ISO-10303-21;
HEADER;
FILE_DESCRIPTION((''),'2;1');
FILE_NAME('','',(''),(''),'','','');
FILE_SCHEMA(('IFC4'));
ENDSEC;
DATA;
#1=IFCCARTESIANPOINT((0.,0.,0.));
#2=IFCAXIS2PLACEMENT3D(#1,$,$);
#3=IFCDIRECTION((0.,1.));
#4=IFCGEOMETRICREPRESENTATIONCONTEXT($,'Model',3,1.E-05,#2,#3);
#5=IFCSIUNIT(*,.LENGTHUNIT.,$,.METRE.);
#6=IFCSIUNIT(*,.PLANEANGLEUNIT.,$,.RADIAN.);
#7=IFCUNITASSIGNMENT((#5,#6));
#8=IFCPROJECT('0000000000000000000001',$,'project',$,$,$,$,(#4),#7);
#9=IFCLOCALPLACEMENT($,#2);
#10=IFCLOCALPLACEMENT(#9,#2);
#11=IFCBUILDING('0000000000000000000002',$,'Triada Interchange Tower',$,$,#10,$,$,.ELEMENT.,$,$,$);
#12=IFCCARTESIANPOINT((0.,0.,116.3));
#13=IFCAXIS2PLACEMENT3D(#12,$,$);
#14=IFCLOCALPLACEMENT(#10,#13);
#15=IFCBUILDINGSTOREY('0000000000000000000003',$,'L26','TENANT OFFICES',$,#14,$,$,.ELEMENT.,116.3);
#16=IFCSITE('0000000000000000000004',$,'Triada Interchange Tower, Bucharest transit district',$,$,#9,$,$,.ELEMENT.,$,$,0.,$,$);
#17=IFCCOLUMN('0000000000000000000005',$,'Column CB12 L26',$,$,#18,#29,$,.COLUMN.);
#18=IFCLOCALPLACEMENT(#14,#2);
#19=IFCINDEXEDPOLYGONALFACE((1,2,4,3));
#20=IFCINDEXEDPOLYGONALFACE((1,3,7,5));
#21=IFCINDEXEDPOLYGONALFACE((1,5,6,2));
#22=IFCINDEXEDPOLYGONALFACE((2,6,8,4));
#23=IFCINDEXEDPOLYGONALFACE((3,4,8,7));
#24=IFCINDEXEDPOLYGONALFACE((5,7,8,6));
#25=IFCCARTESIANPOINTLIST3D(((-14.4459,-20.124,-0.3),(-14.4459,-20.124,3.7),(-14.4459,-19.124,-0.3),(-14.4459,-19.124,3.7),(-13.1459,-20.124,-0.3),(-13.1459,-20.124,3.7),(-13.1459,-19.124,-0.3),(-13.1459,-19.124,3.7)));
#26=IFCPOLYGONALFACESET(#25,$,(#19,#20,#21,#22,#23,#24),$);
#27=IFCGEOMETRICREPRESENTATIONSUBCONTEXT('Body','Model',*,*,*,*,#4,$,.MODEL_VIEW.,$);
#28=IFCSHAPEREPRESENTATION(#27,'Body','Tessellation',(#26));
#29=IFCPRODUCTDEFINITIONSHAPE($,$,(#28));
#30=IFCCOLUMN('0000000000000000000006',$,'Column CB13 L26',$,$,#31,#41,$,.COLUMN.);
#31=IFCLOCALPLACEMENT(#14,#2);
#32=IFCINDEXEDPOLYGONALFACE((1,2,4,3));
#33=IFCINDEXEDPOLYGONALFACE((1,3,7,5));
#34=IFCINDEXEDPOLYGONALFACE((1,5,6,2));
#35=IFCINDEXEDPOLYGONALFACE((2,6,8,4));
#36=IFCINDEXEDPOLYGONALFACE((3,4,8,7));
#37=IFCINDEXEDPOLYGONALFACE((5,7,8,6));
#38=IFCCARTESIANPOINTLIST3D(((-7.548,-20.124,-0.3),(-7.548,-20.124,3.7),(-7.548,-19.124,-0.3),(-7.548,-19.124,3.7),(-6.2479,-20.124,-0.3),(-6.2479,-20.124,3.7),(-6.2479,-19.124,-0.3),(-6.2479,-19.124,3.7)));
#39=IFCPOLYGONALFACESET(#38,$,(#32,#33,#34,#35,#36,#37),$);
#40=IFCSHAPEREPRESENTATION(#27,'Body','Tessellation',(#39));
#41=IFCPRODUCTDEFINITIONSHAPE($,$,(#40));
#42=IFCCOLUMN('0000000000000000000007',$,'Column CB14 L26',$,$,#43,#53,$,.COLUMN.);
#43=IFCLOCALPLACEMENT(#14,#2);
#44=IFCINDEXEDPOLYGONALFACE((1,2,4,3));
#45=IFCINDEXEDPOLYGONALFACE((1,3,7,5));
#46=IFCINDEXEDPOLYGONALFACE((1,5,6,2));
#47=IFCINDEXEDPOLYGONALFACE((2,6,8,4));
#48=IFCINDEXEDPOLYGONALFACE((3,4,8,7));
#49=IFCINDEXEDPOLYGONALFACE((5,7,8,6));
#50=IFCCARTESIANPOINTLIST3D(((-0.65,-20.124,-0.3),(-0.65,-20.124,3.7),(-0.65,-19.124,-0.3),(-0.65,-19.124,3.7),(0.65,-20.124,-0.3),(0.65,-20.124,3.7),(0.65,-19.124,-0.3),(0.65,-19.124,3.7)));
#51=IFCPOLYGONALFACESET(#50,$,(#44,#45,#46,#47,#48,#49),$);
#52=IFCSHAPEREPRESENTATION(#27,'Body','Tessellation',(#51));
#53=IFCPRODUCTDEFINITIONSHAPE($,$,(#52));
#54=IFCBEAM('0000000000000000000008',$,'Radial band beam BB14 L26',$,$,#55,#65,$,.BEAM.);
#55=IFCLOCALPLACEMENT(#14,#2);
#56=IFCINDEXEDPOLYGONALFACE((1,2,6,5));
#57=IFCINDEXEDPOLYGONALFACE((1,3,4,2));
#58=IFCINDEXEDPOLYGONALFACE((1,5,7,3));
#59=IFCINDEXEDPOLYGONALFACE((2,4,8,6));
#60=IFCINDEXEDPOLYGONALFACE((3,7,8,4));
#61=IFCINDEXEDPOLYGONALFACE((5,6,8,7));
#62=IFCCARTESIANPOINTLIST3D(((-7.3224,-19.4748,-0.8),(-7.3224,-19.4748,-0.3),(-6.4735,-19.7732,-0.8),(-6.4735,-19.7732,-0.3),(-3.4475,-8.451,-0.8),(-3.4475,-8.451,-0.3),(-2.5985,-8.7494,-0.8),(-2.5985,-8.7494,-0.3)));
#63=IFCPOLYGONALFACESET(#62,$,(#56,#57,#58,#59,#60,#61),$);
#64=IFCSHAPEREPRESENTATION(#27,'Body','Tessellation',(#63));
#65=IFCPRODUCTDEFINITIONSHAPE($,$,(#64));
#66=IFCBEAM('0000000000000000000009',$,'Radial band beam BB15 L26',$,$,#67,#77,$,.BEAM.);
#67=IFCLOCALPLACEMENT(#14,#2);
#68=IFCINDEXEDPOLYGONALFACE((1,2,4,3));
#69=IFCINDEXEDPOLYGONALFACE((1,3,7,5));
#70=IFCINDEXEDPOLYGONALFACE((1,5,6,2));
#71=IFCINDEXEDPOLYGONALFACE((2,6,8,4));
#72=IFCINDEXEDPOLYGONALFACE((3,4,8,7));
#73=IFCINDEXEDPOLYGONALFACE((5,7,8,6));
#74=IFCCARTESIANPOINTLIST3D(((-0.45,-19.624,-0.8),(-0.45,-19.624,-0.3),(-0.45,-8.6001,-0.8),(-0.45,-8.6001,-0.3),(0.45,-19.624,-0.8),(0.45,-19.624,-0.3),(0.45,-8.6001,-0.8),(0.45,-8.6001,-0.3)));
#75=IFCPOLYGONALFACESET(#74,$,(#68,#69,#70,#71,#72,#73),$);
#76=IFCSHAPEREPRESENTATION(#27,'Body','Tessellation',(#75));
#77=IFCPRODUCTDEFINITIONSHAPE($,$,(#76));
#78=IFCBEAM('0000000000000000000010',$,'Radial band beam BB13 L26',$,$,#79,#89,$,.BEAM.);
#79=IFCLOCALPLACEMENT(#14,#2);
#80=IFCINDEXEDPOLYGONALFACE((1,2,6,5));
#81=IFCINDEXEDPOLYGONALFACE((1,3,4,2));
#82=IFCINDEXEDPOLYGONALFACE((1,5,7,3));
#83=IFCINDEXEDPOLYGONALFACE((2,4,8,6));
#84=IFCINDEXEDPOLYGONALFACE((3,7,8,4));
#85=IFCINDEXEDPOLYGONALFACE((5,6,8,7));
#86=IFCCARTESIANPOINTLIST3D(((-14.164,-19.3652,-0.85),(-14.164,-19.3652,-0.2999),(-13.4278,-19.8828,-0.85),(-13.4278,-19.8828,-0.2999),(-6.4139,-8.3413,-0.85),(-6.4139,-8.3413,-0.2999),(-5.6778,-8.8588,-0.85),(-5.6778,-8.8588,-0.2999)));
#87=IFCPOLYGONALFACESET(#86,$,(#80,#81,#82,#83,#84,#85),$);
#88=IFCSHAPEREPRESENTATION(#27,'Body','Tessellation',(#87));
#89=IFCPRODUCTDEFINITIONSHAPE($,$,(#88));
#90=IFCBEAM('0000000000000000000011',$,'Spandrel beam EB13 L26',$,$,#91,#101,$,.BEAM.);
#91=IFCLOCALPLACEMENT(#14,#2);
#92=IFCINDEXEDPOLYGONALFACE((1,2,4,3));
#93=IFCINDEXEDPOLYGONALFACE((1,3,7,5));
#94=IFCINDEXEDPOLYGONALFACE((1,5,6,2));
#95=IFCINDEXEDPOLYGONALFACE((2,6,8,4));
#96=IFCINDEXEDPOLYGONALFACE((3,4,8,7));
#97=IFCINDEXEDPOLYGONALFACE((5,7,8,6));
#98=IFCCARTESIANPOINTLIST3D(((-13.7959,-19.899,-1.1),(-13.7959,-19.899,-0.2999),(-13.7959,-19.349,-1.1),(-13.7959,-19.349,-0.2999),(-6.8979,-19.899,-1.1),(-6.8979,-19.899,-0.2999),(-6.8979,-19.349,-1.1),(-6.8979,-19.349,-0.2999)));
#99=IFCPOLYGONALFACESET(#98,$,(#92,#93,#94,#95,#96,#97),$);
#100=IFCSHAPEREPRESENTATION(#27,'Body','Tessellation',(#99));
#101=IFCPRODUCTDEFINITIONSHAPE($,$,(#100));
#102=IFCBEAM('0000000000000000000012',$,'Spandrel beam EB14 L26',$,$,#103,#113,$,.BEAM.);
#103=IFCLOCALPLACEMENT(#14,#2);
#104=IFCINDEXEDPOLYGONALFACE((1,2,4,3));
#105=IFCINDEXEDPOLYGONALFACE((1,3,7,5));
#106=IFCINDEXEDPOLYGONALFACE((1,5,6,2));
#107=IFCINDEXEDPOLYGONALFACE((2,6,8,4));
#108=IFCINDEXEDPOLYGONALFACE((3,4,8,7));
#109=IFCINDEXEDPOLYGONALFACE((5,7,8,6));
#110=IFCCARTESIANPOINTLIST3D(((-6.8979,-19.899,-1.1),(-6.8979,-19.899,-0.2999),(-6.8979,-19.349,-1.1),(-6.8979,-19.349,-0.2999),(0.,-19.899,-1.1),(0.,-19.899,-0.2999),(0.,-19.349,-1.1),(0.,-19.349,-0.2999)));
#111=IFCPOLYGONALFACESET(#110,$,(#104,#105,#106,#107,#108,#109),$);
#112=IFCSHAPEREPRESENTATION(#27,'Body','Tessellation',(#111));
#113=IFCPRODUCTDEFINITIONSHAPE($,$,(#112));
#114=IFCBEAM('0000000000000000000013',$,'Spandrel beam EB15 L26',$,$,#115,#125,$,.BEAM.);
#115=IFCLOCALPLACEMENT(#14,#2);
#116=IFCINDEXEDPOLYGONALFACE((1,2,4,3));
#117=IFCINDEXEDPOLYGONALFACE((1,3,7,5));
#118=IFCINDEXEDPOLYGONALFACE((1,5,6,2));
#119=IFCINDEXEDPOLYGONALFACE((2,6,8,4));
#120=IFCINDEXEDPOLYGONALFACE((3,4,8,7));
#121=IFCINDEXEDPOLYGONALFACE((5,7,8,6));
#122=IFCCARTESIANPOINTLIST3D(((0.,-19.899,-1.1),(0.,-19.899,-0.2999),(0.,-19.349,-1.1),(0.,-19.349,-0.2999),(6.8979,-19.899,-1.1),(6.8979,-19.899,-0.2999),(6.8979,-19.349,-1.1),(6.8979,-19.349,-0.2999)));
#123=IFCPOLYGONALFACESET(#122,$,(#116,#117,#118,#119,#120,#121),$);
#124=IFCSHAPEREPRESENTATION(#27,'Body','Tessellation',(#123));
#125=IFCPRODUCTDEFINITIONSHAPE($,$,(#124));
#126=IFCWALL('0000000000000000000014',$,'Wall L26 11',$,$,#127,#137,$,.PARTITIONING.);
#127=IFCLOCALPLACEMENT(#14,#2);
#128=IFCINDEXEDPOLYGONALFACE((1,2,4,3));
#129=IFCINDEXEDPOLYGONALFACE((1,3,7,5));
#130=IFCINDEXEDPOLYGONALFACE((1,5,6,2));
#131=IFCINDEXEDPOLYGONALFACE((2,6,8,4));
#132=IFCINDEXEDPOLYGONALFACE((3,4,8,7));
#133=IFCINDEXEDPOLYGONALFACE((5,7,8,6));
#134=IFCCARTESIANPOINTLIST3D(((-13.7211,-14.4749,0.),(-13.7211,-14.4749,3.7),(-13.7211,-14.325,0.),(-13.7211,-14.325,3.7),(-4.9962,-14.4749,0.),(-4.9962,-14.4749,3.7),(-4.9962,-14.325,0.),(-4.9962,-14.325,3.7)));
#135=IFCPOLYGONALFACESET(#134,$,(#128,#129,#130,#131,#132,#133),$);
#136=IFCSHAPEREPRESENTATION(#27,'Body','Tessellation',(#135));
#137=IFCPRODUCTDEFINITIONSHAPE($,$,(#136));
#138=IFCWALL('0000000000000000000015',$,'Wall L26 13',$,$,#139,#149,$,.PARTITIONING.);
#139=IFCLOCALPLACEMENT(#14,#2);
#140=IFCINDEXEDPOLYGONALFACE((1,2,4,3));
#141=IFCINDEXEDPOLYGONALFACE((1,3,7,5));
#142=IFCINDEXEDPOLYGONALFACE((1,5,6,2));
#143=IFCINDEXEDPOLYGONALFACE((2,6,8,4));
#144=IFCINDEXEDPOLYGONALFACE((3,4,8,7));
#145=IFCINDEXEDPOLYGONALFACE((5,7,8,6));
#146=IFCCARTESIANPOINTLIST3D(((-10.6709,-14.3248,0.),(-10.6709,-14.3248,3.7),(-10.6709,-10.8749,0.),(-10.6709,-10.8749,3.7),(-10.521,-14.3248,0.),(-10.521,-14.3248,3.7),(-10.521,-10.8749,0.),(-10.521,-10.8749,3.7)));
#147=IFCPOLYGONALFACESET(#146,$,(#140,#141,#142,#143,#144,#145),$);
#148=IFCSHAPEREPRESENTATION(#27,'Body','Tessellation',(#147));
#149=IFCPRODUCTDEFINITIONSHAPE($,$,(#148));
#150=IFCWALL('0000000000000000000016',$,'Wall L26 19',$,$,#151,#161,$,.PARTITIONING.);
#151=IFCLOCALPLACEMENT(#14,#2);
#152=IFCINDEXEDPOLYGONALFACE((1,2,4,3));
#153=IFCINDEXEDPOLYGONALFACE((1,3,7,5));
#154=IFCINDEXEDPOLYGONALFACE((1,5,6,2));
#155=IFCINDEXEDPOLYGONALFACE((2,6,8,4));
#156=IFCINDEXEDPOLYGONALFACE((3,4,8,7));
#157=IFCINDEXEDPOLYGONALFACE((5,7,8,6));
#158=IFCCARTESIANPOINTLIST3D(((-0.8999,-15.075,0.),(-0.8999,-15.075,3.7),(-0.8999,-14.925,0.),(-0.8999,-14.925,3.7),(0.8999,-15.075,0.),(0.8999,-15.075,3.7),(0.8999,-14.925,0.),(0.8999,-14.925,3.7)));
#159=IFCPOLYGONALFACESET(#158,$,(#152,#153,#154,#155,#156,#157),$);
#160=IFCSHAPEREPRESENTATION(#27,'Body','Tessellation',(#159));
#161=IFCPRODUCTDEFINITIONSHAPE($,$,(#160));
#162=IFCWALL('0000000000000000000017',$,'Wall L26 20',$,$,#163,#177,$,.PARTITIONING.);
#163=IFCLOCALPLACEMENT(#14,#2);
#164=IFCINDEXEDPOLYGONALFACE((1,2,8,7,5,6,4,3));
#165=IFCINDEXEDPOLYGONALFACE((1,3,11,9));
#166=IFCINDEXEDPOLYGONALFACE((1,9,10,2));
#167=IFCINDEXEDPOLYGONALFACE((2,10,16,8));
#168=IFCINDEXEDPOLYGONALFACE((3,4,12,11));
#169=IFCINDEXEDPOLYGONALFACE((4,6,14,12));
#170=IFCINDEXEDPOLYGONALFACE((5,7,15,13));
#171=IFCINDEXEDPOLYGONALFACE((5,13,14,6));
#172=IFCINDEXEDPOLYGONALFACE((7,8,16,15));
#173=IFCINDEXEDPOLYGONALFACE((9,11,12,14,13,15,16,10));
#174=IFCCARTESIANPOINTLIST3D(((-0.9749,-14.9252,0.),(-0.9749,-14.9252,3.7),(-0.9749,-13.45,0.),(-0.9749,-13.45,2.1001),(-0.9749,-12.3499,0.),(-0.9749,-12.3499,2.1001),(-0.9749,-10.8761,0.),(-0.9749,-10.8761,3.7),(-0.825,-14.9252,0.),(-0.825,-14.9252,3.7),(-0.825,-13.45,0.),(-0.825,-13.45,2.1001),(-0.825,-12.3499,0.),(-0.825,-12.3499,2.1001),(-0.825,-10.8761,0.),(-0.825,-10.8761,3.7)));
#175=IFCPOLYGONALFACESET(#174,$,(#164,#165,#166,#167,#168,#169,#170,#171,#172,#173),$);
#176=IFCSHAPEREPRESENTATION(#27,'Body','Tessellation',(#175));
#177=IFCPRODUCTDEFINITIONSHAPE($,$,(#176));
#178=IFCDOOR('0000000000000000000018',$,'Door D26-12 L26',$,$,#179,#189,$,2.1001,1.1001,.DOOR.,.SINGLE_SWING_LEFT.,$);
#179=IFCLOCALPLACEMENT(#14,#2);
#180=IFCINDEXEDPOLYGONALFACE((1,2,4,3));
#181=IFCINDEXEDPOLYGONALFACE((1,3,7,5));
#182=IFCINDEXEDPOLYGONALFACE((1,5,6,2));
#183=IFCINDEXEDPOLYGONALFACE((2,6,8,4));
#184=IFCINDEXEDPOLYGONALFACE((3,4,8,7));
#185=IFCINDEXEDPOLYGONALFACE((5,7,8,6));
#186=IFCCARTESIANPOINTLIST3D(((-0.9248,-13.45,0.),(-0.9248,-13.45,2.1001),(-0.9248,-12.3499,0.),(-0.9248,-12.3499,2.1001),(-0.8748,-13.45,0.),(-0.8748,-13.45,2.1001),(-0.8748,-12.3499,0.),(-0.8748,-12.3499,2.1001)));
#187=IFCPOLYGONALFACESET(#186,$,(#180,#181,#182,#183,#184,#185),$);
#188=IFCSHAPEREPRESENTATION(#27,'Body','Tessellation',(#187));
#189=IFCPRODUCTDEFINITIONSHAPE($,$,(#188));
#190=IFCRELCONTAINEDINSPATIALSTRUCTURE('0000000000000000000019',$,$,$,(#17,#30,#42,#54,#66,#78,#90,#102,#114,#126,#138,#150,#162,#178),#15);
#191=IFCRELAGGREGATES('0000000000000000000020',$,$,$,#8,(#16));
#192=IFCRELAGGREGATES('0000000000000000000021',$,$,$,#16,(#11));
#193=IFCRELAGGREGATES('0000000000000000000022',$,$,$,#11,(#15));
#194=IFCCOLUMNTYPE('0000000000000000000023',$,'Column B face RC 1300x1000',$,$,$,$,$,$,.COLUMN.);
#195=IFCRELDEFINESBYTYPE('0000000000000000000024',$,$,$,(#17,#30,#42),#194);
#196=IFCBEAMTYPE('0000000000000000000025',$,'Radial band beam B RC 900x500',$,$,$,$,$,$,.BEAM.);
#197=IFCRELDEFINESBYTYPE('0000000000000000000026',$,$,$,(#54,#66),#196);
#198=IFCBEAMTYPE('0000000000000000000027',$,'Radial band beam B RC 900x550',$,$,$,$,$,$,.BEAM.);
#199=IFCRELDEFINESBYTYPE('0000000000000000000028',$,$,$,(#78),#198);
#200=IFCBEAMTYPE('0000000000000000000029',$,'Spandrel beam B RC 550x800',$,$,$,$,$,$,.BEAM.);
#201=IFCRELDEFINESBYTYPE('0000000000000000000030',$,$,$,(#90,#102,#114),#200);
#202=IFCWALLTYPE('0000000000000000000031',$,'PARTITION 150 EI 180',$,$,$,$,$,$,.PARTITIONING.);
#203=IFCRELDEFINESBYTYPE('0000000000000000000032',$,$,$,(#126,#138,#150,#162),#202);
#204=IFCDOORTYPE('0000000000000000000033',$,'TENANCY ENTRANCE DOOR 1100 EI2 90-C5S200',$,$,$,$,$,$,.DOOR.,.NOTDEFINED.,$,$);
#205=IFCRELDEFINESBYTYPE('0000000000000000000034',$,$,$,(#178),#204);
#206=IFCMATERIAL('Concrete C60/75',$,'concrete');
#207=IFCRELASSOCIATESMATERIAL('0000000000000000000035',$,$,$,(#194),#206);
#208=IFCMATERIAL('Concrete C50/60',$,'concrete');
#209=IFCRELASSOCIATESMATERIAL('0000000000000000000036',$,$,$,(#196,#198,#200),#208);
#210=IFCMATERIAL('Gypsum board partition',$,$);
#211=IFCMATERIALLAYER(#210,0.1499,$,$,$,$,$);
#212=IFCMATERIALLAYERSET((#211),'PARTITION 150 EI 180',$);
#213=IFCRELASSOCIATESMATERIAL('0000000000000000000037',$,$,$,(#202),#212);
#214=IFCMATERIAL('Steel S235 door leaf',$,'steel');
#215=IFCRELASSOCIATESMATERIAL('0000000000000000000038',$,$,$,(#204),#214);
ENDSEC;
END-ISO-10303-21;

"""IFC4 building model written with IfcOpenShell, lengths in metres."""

from ifc_helpers import new_model, si_unit, direction, frame, frame_2d, origin, origin_2d, place, context, subcontext, project, spatial, rectangle, extrude, material, layer, layer_set, material_profile, profile_set, type_object, element, fill, save


model = new_model("IFC4")

# Units and contexts
model_context = context("Model", 3, precision=1e-05, world=origin(), true_north=direction((0.0, 1.0)))
body_context = subcontext(model_context, "Body", "Model", "MODEL_VIEW")
ifc_project = project(units=[si_unit("LENGTHUNIT", "METRE"), si_unit("PLANEANGLEUNIT", "RADIAN")], contexts=[model_context])

# Site, building, storey
site_placement = place(None, origin())
site = spatial("IfcSite", under=ifc_project, at=site_placement, Name="Triada Interchange Tower, Bucharest transit district", CompositionType="ELEMENT", RefElevation=0.0)
building_placement = place(site_placement, origin())
building = spatial("IfcBuilding", under=site, at=building_placement, Name="Triada Interchange Tower", CompositionType="ELEMENT")
storey_placement = place(building_placement, frame((0.0, 0.0, 116.3)))
storey = spatial("IfcBuildingStorey", under=building, at=storey_placement, Name="L26", Description="TENANT OFFICES", CompositionType="ELEMENT", Elevation=116.3)

# Columns
ifc_material_1 = material(Name="Concrete C60/75", Category="concrete")
ifc_material_profile_1 = material_profile(ifc_material_1, rectangle(XDim=1.3, YDim=1.0, at=origin_2d()), Name="RC 1300x1000")
ifc_profile_set_1 = profile_set([ifc_material_profile_1], Name="Concrete C60/75")
column_type = type_object("IfcColumnType", Name="Column B face RC 1300x1000", PredefinedType="COLUMN", material=ifc_profile_set_1)
for number, where, z_axis, x_axis, name in (
    (1, (-13.7959, -19.624, -0.3), (0.0, 0.0, 1.0), (1.0, 0.0, 0.0), "Column CB12 L26"),
    (2, (-6.8979, -19.624, -0.3), (0.0, 0.0, 1.0), (1.0, 0.0, 0.0), "Column CB13 L26"),
    (3, (0.0, -19.624, -0.3), (0.0, 0.0, 1.0), (1.0, 0.0, 0.0), "Column CB14 L26"),
):
    element("IfcColumn", number, at=place(storey_placement, frame(where, z_axis=z_axis, x_axis=x_axis)), inside=storey, type_object=column_type, Name=name, PredefinedType="COLUMN", context=body_context, shape_type="SweptSolid", body=[
        extrude(rectangle(XDim=1.3, YDim=1.0, at=origin_2d()), origin(), (0.0, 0.0, 1.0), 4.0),
    ])

# Beams
ifc_material_2 = material(Name="Concrete C50/60", Category="concrete")
ifc_material_profile_2 = material_profile(ifc_material_2, rectangle(XDim=0.8999, YDim=0.5, at=origin_2d()), Name="RC 900x500")
ifc_profile_set_2 = profile_set([ifc_material_profile_2], Name="Concrete C50/60")
beam_type_1 = type_object("IfcBeamType", Name="Radial band beam B RC 900x500", PredefinedType="BEAM", material=ifc_profile_set_2)
beam_1_placement = place(storey_placement, frame((-6.8979, -19.624, -0.55), z_axis=(0.331618, 0.943414, 0.0), x_axis=(-0.943414, 0.331618, 0.0)))
element("IfcBeam", 4, at=beam_1_placement, inside=storey, type_object=beam_type_1, Name="Radial band beam BB14 L26", PredefinedType="BEAM", context=body_context, shape_type="SweptSolid", body=[
    extrude(rectangle(XDim=0.8999, YDim=0.5, at=origin_2d()), origin(), (0.0, 0.0, 1.0), 11.6851),
])
beam_2_placement = place(storey_placement, frame((0.0, -19.624, -0.55), z_axis=(0.0, 1.0, 0.0), x_axis=(-1.0, 0.0, 0.0)))
element("IfcBeam", 5, at=beam_2_placement, inside=storey, type_object=beam_type_1, Name="Radial band beam BB15 L26", PredefinedType="BEAM", context=body_context, shape_type="SweptSolid", body=[
    extrude(rectangle(XDim=0.8999, YDim=0.5, at=origin_2d()), origin(), (0.0, 0.0, 1.0), 11.0239),
])
ifc_material_profile_3 = material_profile(ifc_material_2, rectangle(XDim=0.8999, YDim=0.55, at=origin_2d()), Name="RC 900x550")
ifc_profile_set_3 = profile_set([ifc_material_profile_3], Name="Concrete C50/60")
beam_type_2 = type_object("IfcBeamType", Name="Radial band beam B RC 900x550", PredefinedType="BEAM", material=ifc_profile_set_3)
beam_3_placement = place(storey_placement, frame((-13.7959, -19.624, -0.575), z_axis=(0.575117, 0.818071, 0.0), x_axis=(-0.818071, 0.575117, 0.0)))
element("IfcBeam", 6, at=beam_3_placement, inside=storey, type_object=beam_type_2, Name="Radial band beam BB13 L26", PredefinedType="BEAM", context=body_context, shape_type="SweptSolid", body=[
    extrude(rectangle(XDim=0.8999, YDim=0.55, at=origin_2d()), origin(), (0.0, 0.0, 1.0), 13.4756),
])
ifc_material_profile_4 = material_profile(ifc_material_2, rectangle(XDim=0.55, YDim=0.8, at=origin_2d()), Name="RC 550x800")
ifc_profile_set_4 = profile_set([ifc_material_profile_4], Name="Concrete C50/60")
beam_type_3 = type_object("IfcBeamType", Name="Spandrel beam B RC 550x800", PredefinedType="BEAM", material=ifc_profile_set_4)
for number, where, z_axis, x_axis, name in (
    (7, (-13.7959, -19.624, -0.7), (1.0, 0.0, 0.0), (0.0, 1.0, 0.0), "Spandrel beam EB13 L26"),
    (8, (-6.8979, -19.624, -0.7), (1.0, 0.0, 0.0), (0.0, 1.0, 0.0), "Spandrel beam EB14 L26"),
    (9, (0.0, -19.624, -0.7), (1.0, 0.0, 0.0), (0.0, 1.0, 0.0), "Spandrel beam EB15 L26"),
):
    element("IfcBeam", number, at=place(storey_placement, frame(where, z_axis=z_axis, x_axis=x_axis)), inside=storey, type_object=beam_type_3, Name=name, PredefinedType="BEAM", context=body_context, shape_type="SweptSolid", body=[
        extrude(rectangle(XDim=0.55, YDim=0.8, at=origin_2d()), origin(), (0.0, 0.0, 1.0), 6.8979),
    ])

# Walls
ifc_material_3 = material(Name="Gypsum board partition")
ifc_layer_1 = layer(ifc_material_3, 0.1499)
ifc_layer_set_1 = layer_set([ifc_layer_1], Name="PARTITION 150 EI 180")
wall_type = type_object("IfcWallType", Name="PARTITION 150 EI 180", PredefinedType="PARTITIONING", material=ifc_layer_set_1)
wall_1_placement = place(storey_placement, frame((-13.7209, -14.3999, 0.0), z_axis=(0.0, 0.0, 1.0), x_axis=(1.0, 0.0, 0.0)))
element("IfcWall", 10, at=wall_1_placement, inside=storey, type_object=wall_type, Name="Wall L26 11", PredefinedType="PARTITIONING", context=body_context, shape_type="SweptSolid", body=[
    extrude(rectangle(XDim=8.7249, YDim=0.1499, at=frame_2d((4.3623, 0.0))), origin(), (0.0, 0.0, 1.0), 3.7),
])
wall_2_placement = place(storey_placement, frame((-10.5959, -14.325, 0.0), z_axis=(0.0, 0.0, 1.0), x_axis=(0.0, 1.0, 0.0)))
element("IfcWall", 11, at=wall_2_placement, inside=storey, type_object=wall_type, Name="Wall L26 13", PredefinedType="PARTITIONING", context=body_context, shape_type="SweptSolid", body=[
    extrude(rectangle(XDim=3.45, YDim=0.1499, at=frame_2d((1.7251, 0.0))), origin(), (0.0, 0.0, 1.0), 3.7),
])
wall_3_placement = place(storey_placement, frame((-0.8999, -15.0, 0.0), z_axis=(0.0, 0.0, 1.0), x_axis=(1.0, 0.0, 0.0)))
element("IfcWall", 12, at=wall_3_placement, inside=storey, type_object=wall_type, Name="Wall L26 19", PredefinedType="PARTITIONING", context=body_context, shape_type="SweptSolid", body=[
    extrude(rectangle(XDim=1.7998, YDim=0.1499, at=frame_2d((0.8999, 0.0))), origin(), (0.0, 0.0, 1.0), 3.7),
])

# Wall, opening, door
wall_4_placement = place(storey_placement, frame((-0.8999, -14.925, 0.0), z_axis=(0.0, 0.0, 1.0), x_axis=(0.0, 1.0, 0.0)))
wall_4 = element("IfcWall", 13, at=wall_4_placement, inside=storey, type_object=wall_type, Name="Wall L26 20", PredefinedType="PARTITIONING", context=body_context, shape_type="SweptSolid", body=[
    extrude(rectangle(XDim=4.0491, YDim=0.1499, at=frame_2d((2.0244, 0.0))), origin(), (0.0, 0.0, 1.0), 3.7),
])
opening_placement = place(wall_4_placement, frame((1.4751, 0.0, 0.0)))
opening = element("IfcOpeningElement", 14, at=opening_placement, cuts=wall_4, PredefinedType="OPENING", context=body_context, shape_type="SweptSolid", body=[
    extrude(rectangle(XDim=1.1001, YDim=2.1001, at=frame_2d((0.55, 1.05))), frame((0.0, 0.085, 0.0), z_axis=(0.0, -1.0, 0.0), x_axis=(1.0, 0.0, 0.0)), (0.0, 0.0, 1.0), 0.1699),
])
ifc_material_4 = material(Name="Steel S235 door leaf", Category="steel")
door_type = type_object("IfcDoorType", Name="TENANCY ENTRANCE DOOR 1100 EI2 90-C5S200", OperationType="NOTDEFINED", PredefinedType="DOOR", material=ifc_material_4)
door_placement = place(opening_placement, origin())
door = element("IfcDoor", 15, at=door_placement, inside=storey, type_object=door_type, Name="Door D26-12 L26", OperationType="SINGLE_SWING_LEFT", OverallHeight=2.1001, OverallWidth=1.1001, PredefinedType="DOOR", context=body_context, shape_type="SweptSolid", body=[
    extrude(rectangle(XDim=1.1001, YDim=2.1001, at=frame_2d((0.55, 1.05))), frame((0.0, 0.0249, 0.0), z_axis=(0.0, -1.0, 0.0), x_axis=(1.0, 0.0, 0.0)), (0.0, 0.0, 1.0), 0.05),
])
fill(opening, door)

save(model, "model.ifc")
